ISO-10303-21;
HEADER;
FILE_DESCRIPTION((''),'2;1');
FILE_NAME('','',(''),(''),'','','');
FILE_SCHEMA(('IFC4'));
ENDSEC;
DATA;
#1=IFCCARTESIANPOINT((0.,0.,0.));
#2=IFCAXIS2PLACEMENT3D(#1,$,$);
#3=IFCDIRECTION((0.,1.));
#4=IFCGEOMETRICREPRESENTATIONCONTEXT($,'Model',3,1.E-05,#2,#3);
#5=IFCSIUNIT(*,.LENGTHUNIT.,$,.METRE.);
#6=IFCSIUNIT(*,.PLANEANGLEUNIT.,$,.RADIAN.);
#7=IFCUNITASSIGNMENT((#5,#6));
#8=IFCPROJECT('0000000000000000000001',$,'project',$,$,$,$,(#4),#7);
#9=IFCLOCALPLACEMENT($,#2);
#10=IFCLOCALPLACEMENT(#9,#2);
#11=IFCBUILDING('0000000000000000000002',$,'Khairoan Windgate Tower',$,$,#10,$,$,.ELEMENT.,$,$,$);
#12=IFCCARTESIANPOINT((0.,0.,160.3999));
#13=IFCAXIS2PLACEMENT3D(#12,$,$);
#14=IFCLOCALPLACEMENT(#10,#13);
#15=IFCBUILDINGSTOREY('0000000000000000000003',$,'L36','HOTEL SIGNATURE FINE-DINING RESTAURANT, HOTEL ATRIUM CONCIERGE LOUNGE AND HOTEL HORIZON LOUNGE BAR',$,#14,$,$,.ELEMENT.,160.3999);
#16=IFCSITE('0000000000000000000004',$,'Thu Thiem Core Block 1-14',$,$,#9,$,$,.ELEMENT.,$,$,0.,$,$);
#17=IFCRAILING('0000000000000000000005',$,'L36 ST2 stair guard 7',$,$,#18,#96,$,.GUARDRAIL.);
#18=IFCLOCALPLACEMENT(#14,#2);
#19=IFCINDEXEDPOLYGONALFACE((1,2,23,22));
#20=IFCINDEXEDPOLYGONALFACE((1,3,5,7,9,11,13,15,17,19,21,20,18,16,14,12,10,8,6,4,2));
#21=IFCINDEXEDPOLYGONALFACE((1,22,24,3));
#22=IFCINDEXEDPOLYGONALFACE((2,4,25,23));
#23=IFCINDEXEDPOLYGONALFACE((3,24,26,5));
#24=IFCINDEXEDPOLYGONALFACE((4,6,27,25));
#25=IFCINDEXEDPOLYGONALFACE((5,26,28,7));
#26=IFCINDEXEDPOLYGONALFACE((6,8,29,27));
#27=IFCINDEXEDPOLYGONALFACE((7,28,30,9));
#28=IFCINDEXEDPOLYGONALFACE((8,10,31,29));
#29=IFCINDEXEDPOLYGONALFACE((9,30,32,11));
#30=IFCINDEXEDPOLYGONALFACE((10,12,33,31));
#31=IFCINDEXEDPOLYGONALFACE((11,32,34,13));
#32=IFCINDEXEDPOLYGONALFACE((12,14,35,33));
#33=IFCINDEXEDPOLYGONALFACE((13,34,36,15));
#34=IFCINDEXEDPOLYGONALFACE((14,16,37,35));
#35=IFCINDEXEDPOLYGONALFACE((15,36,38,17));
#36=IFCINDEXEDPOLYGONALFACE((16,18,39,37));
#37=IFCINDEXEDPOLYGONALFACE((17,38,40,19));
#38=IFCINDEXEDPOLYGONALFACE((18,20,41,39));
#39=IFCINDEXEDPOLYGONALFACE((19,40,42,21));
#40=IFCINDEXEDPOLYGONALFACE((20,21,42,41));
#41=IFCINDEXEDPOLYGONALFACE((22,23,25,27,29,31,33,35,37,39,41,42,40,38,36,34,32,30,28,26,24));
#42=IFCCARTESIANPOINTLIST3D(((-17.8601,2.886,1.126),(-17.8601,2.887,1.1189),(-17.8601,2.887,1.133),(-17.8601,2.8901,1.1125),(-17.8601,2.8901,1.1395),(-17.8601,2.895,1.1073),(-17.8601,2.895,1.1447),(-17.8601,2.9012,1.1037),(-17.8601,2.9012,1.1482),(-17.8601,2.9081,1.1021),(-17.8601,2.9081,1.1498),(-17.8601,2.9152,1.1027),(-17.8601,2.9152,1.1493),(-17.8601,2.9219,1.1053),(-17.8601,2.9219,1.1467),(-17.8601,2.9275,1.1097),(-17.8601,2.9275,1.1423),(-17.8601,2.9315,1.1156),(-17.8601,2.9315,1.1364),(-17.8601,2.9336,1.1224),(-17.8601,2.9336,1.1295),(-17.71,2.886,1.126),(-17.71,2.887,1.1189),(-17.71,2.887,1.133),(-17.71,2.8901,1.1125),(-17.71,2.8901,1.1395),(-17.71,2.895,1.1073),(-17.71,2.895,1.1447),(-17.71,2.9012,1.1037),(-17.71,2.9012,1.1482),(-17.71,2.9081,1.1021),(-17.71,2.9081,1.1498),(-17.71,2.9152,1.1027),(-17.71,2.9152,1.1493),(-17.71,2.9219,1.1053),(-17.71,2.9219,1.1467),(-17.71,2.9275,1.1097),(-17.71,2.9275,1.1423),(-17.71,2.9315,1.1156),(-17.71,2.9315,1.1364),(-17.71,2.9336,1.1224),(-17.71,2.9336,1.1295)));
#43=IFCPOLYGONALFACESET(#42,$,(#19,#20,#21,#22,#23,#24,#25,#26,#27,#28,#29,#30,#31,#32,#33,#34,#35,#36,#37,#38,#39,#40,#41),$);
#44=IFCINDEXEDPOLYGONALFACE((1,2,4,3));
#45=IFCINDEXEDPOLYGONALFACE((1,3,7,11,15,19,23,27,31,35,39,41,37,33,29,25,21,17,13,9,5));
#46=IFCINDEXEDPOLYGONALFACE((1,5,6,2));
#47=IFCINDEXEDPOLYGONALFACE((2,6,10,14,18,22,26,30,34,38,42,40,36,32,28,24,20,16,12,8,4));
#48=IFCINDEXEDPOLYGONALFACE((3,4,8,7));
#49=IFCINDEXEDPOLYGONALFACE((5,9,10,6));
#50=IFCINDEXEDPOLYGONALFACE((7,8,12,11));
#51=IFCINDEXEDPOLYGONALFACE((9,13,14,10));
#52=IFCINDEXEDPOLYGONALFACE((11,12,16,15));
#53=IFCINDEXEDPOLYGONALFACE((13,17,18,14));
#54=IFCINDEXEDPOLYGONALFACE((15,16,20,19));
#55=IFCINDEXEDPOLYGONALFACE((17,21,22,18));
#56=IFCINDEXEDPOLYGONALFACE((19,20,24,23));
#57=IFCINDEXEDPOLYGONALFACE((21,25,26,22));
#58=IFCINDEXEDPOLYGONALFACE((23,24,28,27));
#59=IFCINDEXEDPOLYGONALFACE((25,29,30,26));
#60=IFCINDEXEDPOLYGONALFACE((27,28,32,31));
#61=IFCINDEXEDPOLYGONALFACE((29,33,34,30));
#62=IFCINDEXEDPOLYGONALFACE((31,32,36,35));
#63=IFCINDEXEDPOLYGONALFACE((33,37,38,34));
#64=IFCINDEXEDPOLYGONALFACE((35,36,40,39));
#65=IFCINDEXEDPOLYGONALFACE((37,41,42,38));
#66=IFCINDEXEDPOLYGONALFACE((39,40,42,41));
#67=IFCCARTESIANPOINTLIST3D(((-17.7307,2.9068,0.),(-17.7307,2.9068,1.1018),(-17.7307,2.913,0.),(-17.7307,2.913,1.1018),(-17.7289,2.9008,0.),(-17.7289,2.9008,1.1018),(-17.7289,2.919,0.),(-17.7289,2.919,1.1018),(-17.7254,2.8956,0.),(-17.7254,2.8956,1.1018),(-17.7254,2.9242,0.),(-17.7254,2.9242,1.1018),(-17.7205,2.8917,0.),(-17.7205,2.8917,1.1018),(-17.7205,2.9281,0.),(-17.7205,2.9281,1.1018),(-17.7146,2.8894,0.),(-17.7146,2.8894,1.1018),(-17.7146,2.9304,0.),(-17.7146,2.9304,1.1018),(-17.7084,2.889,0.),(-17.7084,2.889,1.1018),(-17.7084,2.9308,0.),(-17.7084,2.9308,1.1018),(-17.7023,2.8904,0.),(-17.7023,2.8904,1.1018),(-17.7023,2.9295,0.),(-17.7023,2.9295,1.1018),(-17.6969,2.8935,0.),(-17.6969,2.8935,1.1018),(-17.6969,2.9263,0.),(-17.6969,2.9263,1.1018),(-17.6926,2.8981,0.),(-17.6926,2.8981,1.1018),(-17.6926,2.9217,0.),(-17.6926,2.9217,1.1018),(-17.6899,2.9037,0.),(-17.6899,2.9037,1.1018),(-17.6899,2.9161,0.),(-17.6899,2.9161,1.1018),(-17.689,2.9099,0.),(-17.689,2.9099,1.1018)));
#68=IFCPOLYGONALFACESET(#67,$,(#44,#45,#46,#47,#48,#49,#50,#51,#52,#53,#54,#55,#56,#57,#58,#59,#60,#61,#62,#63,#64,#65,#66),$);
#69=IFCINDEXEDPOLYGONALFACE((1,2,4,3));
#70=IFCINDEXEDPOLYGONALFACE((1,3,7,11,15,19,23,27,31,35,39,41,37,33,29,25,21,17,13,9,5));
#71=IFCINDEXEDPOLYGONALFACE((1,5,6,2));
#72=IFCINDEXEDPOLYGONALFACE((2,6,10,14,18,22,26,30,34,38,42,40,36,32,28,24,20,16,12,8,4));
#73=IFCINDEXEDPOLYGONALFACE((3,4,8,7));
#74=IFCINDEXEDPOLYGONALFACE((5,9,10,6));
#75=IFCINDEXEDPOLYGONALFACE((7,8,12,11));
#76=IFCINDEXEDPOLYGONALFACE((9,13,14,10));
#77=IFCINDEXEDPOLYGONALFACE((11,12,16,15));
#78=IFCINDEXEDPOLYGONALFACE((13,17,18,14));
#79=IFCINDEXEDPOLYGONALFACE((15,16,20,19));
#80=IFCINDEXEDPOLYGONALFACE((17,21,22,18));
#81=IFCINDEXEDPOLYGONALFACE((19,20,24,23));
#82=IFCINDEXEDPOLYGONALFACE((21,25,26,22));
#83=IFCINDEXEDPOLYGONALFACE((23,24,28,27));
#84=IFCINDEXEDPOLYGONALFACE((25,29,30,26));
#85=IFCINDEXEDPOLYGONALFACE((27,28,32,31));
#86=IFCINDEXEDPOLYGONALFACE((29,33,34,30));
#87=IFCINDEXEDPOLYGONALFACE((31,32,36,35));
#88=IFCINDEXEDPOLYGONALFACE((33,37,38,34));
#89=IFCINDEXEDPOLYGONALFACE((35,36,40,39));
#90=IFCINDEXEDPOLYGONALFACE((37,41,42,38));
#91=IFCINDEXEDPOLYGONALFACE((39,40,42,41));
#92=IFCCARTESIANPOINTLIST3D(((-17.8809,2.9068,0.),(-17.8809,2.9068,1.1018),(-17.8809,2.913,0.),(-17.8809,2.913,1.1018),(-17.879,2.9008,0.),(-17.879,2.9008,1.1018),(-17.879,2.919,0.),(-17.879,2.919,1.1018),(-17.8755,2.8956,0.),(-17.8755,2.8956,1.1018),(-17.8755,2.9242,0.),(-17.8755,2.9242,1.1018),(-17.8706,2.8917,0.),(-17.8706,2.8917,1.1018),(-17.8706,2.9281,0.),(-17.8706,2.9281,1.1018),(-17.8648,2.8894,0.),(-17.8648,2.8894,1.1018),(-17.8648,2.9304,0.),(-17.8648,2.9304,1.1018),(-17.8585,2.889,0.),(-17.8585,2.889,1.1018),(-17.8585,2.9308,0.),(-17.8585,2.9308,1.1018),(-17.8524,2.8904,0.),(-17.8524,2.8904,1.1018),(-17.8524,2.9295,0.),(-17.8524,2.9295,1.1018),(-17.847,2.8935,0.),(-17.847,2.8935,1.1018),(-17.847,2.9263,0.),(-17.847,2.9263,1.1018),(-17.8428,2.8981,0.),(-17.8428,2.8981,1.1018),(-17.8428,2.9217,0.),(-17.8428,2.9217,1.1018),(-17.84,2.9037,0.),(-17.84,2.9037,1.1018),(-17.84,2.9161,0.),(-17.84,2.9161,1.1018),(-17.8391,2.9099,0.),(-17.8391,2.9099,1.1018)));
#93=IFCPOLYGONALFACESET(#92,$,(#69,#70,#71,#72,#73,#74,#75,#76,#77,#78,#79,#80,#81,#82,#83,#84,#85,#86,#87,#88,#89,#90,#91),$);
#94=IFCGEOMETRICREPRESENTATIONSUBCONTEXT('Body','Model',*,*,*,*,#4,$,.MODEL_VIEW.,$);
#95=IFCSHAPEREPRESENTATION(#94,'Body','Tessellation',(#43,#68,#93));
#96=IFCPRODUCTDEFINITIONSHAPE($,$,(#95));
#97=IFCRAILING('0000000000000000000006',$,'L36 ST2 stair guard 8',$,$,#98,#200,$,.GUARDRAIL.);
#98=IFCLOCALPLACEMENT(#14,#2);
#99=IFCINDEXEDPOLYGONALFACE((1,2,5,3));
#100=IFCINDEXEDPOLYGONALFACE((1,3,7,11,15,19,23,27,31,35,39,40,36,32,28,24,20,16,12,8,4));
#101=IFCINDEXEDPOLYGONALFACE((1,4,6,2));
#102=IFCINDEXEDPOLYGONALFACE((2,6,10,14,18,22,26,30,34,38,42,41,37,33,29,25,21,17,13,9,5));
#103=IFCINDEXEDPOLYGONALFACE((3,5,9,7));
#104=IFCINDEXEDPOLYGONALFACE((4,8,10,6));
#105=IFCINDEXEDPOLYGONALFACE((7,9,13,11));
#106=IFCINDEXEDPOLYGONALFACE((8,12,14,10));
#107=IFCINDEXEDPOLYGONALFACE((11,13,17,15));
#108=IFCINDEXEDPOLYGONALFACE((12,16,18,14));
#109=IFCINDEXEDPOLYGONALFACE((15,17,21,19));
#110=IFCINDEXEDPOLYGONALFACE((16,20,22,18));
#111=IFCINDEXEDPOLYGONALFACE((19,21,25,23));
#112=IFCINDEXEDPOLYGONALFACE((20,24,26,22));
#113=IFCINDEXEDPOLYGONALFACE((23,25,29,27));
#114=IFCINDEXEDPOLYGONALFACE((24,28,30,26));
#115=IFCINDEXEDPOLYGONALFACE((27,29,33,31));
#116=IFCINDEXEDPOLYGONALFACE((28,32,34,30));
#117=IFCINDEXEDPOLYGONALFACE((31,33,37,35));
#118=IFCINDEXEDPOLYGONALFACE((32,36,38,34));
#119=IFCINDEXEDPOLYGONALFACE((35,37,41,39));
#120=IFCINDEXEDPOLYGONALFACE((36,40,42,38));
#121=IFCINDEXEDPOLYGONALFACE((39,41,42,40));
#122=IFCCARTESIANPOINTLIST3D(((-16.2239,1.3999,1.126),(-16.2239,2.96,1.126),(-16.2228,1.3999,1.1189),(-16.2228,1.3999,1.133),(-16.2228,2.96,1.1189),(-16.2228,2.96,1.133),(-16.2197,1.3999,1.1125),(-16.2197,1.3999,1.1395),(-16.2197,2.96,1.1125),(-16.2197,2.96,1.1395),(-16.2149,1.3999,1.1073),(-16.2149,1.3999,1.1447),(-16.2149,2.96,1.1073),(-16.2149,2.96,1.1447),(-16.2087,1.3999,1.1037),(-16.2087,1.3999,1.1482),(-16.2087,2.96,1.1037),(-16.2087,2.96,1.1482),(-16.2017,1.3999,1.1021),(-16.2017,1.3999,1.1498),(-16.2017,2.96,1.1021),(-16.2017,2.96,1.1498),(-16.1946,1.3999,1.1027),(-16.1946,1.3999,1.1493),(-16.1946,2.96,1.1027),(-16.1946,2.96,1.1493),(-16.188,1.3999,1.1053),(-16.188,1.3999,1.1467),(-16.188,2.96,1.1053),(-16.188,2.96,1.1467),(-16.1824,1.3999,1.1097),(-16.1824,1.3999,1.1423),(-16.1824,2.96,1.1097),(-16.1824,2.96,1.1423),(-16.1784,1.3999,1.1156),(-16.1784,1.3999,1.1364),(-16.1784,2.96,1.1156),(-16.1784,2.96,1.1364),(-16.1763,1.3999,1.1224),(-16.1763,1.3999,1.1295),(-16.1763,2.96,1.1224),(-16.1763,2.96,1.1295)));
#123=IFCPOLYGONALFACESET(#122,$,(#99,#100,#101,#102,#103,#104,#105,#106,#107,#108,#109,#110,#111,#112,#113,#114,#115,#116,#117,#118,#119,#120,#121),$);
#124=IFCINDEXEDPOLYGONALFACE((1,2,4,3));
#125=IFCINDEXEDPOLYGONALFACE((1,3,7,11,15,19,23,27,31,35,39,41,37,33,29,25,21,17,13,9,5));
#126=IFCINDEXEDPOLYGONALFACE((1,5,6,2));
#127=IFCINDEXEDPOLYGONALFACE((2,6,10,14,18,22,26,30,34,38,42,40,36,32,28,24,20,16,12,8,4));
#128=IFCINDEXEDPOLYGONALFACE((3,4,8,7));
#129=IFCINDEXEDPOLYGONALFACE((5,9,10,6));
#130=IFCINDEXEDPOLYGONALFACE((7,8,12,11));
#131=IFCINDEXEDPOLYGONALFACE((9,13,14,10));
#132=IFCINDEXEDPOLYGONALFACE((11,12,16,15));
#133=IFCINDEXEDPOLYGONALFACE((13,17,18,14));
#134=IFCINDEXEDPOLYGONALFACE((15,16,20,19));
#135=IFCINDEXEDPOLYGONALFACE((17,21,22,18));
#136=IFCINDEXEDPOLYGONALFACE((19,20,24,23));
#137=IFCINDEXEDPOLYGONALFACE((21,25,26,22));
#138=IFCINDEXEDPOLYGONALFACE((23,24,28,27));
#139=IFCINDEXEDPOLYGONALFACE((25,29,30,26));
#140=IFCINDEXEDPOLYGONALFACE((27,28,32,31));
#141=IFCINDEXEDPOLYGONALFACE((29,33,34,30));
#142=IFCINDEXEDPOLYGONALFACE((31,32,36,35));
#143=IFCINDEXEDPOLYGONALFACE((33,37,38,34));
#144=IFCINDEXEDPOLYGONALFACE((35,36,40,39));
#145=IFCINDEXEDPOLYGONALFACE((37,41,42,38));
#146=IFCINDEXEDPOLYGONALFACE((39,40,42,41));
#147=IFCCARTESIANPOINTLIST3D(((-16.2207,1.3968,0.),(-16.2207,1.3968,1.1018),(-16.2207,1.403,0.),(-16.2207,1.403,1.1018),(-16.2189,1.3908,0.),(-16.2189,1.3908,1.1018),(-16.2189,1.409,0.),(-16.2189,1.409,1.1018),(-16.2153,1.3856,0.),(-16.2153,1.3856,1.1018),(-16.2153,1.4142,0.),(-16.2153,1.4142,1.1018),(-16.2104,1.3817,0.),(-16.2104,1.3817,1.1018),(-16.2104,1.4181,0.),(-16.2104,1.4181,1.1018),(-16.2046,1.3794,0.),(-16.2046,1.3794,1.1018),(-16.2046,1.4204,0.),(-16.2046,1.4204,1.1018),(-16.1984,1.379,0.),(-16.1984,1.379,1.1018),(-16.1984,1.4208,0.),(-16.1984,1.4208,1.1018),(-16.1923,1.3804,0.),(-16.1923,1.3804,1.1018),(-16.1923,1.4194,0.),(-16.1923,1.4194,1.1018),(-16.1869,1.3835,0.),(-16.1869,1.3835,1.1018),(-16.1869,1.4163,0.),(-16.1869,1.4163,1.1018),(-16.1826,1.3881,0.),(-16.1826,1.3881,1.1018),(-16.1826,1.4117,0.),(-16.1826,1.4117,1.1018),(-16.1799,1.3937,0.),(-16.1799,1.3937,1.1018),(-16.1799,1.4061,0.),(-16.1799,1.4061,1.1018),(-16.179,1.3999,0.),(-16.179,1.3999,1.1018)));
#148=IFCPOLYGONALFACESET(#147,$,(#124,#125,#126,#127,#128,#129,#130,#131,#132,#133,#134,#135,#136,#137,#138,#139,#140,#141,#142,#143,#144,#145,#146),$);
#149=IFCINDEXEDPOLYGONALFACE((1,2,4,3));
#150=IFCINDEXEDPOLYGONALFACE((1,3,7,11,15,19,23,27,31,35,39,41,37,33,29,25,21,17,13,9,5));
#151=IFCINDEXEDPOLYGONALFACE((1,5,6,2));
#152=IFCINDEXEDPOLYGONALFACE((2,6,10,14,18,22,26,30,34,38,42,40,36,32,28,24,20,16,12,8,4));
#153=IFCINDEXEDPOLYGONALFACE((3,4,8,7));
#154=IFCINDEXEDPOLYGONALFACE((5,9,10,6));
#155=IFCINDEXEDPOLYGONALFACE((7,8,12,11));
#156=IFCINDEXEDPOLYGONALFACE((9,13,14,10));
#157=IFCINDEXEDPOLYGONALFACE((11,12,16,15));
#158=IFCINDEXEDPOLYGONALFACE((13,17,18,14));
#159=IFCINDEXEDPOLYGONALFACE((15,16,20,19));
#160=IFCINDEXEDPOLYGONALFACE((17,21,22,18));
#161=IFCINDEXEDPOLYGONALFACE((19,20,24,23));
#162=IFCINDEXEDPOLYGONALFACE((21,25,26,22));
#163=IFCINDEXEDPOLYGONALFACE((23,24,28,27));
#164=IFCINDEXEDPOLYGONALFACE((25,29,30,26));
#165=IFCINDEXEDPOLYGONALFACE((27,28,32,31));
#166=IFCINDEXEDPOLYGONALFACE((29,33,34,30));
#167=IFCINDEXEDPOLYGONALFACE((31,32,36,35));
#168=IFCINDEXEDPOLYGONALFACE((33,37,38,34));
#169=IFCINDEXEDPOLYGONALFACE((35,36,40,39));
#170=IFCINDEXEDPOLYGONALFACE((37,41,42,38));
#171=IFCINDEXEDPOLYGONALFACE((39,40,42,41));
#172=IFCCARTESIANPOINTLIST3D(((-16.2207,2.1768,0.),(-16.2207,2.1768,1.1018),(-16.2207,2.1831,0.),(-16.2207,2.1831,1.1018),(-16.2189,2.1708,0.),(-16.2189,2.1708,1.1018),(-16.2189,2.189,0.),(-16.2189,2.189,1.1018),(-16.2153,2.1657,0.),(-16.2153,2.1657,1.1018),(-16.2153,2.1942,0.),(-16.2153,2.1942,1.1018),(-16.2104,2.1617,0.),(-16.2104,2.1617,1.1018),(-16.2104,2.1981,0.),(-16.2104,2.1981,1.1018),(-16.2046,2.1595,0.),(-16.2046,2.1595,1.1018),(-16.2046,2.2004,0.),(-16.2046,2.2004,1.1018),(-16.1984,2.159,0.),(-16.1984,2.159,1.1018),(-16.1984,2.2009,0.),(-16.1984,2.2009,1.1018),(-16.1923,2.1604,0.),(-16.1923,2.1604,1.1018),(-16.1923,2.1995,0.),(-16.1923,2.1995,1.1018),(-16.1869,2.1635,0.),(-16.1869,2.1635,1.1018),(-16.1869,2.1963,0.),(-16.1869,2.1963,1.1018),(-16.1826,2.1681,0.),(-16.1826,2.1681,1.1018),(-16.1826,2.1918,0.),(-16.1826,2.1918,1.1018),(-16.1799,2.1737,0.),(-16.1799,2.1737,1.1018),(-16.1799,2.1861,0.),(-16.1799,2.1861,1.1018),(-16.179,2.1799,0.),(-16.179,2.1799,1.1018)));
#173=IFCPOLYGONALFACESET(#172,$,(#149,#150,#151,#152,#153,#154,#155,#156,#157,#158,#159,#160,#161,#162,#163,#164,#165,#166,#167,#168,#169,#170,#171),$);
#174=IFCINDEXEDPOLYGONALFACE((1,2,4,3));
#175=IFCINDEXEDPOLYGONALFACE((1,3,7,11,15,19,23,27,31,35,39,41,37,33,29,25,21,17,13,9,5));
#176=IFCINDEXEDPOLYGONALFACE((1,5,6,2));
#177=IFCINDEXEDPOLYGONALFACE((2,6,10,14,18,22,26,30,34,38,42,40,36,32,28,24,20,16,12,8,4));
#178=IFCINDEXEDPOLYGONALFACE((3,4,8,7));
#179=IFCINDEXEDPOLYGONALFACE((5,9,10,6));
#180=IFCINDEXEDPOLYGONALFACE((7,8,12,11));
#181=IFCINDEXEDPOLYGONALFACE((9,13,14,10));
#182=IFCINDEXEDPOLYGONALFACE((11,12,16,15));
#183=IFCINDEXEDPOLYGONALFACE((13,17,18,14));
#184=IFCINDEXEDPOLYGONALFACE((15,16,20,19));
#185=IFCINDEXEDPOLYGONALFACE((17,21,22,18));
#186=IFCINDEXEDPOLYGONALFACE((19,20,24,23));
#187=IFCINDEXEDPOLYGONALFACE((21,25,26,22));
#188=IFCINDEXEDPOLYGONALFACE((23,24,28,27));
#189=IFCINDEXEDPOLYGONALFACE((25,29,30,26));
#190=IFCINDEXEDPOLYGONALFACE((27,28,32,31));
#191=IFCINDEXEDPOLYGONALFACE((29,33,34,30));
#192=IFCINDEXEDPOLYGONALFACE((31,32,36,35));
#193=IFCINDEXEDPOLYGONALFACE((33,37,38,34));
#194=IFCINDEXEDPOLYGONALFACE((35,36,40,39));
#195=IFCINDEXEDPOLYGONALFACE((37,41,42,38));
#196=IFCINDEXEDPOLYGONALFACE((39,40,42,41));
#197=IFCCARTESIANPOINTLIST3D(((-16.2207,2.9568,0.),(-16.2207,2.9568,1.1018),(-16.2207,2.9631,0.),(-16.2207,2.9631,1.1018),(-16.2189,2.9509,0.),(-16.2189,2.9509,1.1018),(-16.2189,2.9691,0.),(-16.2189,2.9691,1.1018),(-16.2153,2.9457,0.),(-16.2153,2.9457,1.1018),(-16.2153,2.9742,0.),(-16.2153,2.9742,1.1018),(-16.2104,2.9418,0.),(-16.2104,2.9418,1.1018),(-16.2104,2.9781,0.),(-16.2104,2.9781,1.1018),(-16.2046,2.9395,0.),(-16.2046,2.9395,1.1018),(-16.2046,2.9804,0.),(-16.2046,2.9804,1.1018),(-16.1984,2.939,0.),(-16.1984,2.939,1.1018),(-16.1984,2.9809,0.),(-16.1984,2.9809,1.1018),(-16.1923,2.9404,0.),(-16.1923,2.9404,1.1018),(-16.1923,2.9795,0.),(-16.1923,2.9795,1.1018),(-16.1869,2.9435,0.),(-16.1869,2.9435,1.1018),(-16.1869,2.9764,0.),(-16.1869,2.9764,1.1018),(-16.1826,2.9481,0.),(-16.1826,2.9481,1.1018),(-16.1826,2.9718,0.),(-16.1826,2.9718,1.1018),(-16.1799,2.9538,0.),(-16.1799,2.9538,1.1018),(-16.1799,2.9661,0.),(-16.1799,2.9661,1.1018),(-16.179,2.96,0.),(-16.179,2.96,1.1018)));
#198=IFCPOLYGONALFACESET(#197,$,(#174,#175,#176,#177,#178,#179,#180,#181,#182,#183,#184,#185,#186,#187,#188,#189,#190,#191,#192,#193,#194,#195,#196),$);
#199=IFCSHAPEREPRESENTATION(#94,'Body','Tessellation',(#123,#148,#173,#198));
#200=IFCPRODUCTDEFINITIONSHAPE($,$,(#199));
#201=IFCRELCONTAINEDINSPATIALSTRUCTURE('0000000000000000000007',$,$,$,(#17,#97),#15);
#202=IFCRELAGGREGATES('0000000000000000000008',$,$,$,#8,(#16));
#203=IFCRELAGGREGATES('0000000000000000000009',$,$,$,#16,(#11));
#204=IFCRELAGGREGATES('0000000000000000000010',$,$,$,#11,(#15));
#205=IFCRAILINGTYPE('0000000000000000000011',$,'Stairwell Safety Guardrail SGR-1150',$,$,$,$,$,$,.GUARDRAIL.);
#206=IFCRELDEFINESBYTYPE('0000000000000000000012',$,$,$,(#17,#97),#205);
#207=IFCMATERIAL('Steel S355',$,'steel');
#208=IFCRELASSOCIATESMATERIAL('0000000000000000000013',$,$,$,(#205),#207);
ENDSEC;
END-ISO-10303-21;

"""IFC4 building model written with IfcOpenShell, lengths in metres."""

from ifc_helpers import new_model, si_unit, direction, frame, origin, origin_2d, place, context, subcontext, project, spatial, circle, extrude, material, type_object, element, save


model = new_model("IFC4")

# Units and contexts
model_context = context("Model", 3, precision=1e-05, world=origin(), true_north=direction((0.0, 1.0)))
body_context = subcontext(model_context, "Body", "Model", "MODEL_VIEW")
ifc_project = project(units=[si_unit("LENGTHUNIT", "METRE"), si_unit("PLANEANGLEUNIT", "RADIAN")], contexts=[model_context])

# Site, building, storey
site_placement = place(None, origin())
site = spatial("IfcSite", under=ifc_project, at=site_placement, Name="Thu Thiem Core Block 1-14", CompositionType="ELEMENT", RefElevation=0.0)
building_placement = place(site_placement, origin())
building = spatial("IfcBuilding", under=site, at=building_placement, Name="Khairoan Windgate Tower", CompositionType="ELEMENT")
storey_placement = place(building_placement, frame((0.0, 0.0, 160.3999)))
storey = spatial("IfcBuildingStorey", under=building, at=storey_placement, Name="L36", Description="HOTEL SIGNATURE FINE-DINING RESTAURANT, HOTEL ATRIUM CONCIERGE LOUNGE AND HOTEL HORIZON LOUNGE BAR", CompositionType="ELEMENT", Elevation=160.3999)

# Railings
ifc_material_1 = material(Name="Steel S355", Category="steel")
railing_type_1 = type_object("IfcRailingType", Name="Stairwell Safety Guardrail SGR-1150", PredefinedType="GUARDRAIL", material=ifc_material_1)
railing_1_placement = place(storey_placement, frame((-17.71, 2.9099, 0.0)))
element("IfcRailing", 1, at=railing_1_placement, inside=storey, type_object=railing_type_1, Name="L36 ST2 stair guard 7", PredefinedType="GUARDRAIL", context=body_context, shape_type="SweptSolid", body=[
    extrude(circle(Radius=0.0239, at=origin_2d()), frame((0.0, 0.0, 1.126), z_axis=(-1.0, 0.0, 0.0), x_axis=(0.0, -1.0, 0.0)), (0.0, 0.0, 1.0), 0.1501),
    extrude(circle(Radius=0.021, at=origin_2d()), origin(), (0.0, 0.0, 1.0), 1.1018),
    extrude(circle(Radius=0.021, at=origin_2d()), frame((-0.1501, 0.0, 0.0)), (0.0, 0.0, 1.0), 1.1018),
])
for number, where, name in (
    (2, (-16.2, 1.3999, 0.0), "L36 ST2 stair guard 8"),
):
    element("IfcRailing", number, at=place(storey_placement, frame(where)), inside=storey, type_object=railing_type_1, Name=name, PredefinedType="GUARDRAIL", context=body_context, shape_type="SweptSolid", body=[
        extrude(circle(Radius=0.0239, at=origin_2d()), frame((0.0, 0.0, 1.126), z_axis=(0.0, 1.0, 0.0), x_axis=(-1.0, 0.0, 0.0)), (0.0, 0.0, 1.0), 1.5601),
        extrude(circle(Radius=0.021, at=origin_2d()), origin(), (0.0, 0.0, 1.0), 1.1018),
        extrude(circle(Radius=0.021, at=origin_2d()), frame((0.0, 0.78, 0.0)), (0.0, 0.0, 1.0), 1.1018),
        extrude(circle(Radius=0.021, at=origin_2d()), frame((0.0, 1.5601, 0.0)), (0.0, 0.0, 1.0), 1.1018),
    ])

save(model, "model.ifc")
